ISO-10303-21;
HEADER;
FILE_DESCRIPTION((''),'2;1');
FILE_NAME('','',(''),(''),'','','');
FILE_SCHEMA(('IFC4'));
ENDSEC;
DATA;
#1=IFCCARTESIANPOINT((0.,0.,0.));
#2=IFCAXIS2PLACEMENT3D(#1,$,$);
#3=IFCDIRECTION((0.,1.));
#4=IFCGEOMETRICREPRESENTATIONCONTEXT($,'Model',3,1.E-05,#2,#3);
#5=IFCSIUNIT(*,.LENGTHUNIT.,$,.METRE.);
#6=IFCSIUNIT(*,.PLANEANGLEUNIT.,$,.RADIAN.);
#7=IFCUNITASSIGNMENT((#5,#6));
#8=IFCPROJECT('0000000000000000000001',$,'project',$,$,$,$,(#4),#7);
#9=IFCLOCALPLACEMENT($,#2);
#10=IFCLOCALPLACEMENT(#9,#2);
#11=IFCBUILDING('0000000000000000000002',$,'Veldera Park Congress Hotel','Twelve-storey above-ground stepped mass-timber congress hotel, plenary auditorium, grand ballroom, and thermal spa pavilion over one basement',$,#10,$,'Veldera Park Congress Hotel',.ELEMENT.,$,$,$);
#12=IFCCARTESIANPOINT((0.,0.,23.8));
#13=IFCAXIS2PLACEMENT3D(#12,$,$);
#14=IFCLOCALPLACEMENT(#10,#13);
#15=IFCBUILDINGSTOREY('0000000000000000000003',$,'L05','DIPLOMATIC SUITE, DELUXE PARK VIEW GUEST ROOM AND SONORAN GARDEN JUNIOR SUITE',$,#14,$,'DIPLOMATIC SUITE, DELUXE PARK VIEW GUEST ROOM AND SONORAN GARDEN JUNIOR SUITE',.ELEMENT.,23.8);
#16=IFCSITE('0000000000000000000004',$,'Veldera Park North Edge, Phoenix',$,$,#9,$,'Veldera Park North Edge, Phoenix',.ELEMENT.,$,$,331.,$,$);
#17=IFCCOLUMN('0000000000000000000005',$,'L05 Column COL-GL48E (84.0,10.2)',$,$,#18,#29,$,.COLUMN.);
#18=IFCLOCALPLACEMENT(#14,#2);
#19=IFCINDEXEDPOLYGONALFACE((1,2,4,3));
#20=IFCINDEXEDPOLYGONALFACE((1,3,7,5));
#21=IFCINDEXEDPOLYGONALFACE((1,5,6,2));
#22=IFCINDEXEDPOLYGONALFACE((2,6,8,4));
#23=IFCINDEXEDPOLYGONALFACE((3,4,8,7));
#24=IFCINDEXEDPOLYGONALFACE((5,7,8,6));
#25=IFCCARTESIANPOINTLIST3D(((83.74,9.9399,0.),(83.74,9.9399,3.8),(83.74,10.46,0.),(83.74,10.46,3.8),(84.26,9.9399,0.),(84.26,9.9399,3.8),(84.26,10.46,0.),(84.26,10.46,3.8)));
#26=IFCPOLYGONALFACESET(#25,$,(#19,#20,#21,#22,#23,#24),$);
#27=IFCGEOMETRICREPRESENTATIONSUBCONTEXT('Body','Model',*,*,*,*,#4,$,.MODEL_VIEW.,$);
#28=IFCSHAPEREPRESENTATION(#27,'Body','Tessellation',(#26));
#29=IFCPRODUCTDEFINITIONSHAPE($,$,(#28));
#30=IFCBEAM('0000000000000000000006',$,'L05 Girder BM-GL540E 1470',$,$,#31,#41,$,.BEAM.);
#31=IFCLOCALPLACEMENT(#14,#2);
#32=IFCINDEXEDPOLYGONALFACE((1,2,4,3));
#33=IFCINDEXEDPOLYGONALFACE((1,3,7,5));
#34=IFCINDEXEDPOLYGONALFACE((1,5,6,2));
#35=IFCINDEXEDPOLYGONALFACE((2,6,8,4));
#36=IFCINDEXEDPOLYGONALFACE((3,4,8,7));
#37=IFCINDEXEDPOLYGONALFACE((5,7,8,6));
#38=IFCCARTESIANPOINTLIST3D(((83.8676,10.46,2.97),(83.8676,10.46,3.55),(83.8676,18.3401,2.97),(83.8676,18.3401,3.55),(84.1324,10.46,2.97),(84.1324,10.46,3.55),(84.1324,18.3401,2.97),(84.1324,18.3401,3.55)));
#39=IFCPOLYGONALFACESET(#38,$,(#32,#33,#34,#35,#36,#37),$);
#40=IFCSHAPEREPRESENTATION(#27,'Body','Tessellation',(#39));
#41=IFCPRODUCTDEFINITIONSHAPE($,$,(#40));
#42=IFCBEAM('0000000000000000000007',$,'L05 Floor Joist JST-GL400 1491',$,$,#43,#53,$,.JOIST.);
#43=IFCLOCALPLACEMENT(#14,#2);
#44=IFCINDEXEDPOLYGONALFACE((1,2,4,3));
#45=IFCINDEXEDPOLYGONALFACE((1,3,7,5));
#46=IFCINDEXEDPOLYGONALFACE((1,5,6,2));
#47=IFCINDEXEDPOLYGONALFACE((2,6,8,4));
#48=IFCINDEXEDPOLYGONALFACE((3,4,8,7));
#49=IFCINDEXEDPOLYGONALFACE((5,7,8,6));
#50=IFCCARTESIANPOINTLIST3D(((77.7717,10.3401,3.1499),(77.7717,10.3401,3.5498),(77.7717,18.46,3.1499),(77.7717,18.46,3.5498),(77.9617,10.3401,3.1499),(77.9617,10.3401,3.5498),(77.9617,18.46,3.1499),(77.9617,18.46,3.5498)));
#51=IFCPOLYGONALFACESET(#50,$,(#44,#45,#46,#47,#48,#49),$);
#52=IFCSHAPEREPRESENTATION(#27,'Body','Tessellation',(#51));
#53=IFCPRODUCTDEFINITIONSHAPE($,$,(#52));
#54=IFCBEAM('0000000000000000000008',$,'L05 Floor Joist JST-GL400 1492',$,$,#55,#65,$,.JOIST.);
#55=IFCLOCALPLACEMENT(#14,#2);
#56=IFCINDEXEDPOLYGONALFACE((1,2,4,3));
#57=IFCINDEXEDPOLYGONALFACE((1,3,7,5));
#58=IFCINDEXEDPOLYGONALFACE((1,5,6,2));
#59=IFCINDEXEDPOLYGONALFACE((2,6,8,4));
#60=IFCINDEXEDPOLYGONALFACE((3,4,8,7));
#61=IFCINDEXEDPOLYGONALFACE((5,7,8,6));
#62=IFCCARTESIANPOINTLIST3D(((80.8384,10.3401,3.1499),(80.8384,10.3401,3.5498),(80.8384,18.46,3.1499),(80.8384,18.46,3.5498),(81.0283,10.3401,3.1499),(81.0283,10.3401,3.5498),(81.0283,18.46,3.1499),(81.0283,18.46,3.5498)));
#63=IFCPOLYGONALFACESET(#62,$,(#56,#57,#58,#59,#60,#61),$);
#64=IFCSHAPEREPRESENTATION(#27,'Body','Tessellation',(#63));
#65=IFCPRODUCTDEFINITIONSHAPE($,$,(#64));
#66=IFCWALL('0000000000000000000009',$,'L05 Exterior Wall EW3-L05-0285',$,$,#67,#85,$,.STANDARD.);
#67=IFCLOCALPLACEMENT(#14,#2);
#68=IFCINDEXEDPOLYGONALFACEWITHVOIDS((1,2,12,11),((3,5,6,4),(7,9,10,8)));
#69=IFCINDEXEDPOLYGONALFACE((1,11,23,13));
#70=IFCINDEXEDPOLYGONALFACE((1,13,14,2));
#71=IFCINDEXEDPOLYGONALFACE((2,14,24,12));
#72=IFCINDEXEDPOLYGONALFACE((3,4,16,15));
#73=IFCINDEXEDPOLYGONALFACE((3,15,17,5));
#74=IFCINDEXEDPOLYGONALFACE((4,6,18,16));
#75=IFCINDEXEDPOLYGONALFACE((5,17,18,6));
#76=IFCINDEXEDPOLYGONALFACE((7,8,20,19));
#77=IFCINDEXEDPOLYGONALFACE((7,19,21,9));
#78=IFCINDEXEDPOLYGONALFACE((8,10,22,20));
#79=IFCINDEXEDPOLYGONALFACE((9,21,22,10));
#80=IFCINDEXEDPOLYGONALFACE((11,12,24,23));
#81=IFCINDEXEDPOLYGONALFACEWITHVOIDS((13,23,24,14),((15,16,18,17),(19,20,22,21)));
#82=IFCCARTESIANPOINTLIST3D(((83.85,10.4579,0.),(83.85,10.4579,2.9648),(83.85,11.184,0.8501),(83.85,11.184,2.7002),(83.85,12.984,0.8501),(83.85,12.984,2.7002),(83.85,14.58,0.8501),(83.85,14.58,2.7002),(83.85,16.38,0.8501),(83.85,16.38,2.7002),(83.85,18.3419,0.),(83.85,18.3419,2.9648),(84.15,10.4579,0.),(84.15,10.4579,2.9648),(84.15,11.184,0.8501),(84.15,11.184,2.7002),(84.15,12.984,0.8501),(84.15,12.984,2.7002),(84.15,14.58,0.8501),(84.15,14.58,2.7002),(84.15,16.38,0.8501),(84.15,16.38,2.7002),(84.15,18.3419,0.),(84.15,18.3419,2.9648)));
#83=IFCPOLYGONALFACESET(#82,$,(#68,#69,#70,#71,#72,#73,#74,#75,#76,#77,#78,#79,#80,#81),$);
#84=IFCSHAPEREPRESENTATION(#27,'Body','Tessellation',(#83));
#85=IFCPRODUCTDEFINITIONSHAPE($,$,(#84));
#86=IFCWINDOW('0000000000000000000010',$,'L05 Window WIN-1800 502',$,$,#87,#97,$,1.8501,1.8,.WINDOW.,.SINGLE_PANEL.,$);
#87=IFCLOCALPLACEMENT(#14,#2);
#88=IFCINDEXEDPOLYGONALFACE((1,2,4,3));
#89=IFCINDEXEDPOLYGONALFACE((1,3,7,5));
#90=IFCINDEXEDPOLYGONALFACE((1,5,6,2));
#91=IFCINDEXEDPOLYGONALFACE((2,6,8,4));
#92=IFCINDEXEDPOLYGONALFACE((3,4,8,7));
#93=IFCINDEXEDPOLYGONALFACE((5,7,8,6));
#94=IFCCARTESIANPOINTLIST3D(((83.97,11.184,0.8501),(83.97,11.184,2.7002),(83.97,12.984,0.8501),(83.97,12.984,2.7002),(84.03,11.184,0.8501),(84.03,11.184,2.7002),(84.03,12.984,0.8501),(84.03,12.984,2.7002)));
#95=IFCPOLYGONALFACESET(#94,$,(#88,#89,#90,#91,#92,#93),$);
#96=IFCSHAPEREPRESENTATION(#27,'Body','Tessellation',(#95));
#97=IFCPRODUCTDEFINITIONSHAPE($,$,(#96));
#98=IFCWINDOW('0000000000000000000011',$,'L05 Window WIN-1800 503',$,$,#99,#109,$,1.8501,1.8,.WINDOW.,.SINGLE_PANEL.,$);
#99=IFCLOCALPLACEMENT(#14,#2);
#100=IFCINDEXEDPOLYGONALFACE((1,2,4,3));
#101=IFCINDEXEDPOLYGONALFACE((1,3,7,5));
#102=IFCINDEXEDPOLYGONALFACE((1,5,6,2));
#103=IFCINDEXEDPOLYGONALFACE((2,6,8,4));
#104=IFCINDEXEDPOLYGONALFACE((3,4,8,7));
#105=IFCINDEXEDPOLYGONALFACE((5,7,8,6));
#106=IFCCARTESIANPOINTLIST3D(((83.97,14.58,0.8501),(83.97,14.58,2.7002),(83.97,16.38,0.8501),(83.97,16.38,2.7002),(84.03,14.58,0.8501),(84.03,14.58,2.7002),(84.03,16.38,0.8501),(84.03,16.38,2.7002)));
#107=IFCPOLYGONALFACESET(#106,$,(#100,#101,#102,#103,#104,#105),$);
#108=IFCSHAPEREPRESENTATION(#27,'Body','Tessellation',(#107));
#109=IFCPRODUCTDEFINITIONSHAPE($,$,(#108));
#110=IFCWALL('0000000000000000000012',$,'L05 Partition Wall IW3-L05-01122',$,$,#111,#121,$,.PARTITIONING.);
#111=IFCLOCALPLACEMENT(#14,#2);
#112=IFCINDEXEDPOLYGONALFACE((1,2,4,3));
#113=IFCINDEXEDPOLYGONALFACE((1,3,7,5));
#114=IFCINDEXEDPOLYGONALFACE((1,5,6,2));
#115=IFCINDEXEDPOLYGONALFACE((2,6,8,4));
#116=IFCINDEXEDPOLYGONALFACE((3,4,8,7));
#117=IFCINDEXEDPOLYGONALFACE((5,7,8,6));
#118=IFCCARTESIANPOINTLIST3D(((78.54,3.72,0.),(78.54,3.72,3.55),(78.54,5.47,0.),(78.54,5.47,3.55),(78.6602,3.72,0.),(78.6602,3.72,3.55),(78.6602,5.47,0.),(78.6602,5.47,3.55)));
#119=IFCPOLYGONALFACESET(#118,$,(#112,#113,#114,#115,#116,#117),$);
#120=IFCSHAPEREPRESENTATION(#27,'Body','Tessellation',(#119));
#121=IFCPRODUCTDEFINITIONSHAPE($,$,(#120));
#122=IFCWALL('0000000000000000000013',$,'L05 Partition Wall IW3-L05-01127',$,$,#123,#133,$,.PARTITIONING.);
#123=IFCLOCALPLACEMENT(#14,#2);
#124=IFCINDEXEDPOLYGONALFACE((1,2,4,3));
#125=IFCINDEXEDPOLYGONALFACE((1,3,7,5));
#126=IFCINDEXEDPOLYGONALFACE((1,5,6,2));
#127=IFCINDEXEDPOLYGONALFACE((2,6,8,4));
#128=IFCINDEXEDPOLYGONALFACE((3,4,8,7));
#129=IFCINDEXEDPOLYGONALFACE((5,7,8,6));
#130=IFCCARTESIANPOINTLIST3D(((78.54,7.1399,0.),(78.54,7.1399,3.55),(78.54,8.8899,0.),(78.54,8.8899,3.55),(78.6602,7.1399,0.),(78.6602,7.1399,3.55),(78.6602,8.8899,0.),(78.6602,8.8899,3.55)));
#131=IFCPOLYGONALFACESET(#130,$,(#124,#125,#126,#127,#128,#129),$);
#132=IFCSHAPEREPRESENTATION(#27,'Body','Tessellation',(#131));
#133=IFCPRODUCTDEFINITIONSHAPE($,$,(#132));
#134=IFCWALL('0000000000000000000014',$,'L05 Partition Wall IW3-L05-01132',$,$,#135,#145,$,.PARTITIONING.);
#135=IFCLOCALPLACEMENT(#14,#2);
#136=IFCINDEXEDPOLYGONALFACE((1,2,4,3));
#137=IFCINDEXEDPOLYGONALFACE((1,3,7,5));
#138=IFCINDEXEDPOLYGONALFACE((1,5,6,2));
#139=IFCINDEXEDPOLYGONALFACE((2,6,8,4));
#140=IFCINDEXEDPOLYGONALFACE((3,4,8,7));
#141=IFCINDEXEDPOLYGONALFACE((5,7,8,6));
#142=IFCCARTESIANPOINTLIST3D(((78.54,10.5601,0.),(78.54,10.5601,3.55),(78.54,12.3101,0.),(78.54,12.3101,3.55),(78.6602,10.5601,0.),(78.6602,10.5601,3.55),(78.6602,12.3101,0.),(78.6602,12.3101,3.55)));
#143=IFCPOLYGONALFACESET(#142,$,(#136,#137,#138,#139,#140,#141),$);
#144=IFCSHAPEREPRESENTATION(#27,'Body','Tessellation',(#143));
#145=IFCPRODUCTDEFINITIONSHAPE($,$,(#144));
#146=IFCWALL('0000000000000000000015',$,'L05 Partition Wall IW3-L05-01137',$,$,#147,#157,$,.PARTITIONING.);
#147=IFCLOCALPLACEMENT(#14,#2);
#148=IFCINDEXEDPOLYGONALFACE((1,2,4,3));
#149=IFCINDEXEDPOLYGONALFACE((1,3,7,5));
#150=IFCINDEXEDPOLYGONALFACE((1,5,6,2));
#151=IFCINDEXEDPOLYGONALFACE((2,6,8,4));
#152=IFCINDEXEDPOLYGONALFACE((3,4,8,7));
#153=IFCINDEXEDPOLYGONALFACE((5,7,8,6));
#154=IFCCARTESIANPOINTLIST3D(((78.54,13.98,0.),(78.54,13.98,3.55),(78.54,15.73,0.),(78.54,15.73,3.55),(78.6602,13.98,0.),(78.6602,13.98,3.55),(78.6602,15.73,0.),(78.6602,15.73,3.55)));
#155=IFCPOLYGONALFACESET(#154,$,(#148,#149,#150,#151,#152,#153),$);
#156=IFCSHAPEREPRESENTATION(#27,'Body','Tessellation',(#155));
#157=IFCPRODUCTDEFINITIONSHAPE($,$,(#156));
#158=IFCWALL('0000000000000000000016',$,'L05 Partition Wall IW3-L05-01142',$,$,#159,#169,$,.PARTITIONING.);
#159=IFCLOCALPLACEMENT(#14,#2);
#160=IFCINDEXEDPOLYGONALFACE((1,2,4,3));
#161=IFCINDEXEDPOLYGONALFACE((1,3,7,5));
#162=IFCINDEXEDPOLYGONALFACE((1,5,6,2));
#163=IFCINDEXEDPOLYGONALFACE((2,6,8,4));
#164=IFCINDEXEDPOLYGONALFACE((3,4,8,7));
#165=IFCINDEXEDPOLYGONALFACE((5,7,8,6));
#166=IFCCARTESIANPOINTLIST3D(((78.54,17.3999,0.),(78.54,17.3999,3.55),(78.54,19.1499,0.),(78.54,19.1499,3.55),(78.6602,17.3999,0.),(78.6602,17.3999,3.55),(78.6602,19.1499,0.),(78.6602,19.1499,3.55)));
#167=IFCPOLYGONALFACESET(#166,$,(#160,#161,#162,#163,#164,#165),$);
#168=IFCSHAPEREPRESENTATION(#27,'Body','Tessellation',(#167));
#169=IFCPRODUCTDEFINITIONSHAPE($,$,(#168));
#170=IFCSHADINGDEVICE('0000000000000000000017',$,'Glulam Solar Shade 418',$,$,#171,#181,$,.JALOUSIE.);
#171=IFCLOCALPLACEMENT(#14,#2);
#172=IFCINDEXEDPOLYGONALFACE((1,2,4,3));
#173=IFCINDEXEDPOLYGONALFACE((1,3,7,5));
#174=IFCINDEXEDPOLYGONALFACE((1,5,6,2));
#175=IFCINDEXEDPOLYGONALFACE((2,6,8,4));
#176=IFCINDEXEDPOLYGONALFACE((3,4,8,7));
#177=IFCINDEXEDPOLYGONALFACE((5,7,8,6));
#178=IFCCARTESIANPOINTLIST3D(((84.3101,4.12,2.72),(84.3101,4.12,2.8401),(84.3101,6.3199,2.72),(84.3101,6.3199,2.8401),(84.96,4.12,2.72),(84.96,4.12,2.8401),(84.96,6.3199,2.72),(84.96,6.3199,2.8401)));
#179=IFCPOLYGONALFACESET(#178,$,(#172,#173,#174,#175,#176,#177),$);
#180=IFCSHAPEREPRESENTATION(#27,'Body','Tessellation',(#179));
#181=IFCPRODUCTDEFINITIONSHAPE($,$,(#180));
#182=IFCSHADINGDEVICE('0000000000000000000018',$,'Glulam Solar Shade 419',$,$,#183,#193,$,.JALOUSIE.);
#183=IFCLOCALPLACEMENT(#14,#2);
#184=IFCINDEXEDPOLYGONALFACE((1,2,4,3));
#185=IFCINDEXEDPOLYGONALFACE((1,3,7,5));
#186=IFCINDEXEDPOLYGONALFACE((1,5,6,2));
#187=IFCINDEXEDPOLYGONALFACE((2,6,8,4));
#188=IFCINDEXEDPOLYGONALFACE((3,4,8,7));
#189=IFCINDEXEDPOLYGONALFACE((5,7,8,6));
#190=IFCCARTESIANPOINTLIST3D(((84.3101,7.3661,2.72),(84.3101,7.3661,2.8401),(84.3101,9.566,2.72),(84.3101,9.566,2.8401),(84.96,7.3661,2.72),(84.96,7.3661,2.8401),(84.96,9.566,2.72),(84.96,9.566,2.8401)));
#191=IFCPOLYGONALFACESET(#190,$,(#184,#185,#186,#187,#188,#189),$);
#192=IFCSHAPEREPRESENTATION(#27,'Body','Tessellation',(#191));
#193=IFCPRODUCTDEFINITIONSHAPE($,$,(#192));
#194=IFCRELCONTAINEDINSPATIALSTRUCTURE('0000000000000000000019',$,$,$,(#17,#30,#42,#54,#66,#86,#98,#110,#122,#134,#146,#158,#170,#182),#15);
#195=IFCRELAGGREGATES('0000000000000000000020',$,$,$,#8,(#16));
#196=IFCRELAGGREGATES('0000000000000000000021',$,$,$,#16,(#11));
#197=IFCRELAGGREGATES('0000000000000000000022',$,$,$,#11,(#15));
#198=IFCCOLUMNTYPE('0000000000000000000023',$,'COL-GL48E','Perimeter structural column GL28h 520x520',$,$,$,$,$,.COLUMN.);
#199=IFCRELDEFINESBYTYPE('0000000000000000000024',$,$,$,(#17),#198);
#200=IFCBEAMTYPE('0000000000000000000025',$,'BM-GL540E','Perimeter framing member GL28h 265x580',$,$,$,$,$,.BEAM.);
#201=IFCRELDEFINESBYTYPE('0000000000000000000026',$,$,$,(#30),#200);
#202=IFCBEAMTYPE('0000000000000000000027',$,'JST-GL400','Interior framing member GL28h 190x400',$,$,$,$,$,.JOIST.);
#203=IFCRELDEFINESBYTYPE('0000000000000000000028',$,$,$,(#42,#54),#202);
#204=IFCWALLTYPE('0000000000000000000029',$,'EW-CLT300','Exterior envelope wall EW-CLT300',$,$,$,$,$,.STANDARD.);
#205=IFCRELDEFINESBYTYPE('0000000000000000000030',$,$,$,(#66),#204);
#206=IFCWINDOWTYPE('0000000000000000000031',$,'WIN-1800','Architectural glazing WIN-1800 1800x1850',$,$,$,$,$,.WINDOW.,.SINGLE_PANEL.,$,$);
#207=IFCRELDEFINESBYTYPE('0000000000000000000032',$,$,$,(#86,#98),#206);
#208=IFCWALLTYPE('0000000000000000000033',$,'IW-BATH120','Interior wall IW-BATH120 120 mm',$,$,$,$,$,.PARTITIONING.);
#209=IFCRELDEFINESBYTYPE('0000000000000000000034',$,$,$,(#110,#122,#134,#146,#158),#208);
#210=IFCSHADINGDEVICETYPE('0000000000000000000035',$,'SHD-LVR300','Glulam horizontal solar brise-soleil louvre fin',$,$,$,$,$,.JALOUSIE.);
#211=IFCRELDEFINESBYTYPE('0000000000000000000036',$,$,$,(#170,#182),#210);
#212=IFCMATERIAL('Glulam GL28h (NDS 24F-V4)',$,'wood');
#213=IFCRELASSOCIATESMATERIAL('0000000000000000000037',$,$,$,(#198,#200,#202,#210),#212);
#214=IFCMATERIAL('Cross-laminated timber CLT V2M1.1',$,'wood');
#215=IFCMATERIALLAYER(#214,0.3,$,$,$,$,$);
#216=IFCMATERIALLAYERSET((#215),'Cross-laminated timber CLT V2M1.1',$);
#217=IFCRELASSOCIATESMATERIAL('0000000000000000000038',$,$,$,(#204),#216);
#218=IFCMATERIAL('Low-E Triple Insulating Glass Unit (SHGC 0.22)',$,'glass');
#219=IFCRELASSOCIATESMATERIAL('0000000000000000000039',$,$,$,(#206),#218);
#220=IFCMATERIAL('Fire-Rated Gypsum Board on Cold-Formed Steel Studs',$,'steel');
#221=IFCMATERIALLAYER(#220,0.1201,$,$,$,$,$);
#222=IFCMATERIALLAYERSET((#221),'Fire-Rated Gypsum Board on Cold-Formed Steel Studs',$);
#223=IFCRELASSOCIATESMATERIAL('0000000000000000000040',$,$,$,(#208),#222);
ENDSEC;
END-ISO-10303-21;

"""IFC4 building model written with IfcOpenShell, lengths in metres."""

from ifc_helpers import new_model, si_unit, direction, frame, frame_2d, origin, origin_2d, place, context, subcontext, project, spatial, rectangle, extrude, material, layer, layer_set, material_profile, profile_set, type_object, element, fill, save


model = new_model("IFC4")

# Units and contexts
model_context = context("Model", 3, precision=1e-05, world=origin(), true_north=direction((0.0, 1.0)))
body_context = subcontext(model_context, "Body", "Model", "MODEL_VIEW")
ifc_project = project(units=[si_unit("LENGTHUNIT", "METRE"), si_unit("PLANEANGLEUNIT", "RADIAN")], contexts=[model_context])

# Site, building, storey
site_placement = place(None, origin())
site = spatial("IfcSite", under=ifc_project, at=site_placement, Name="Veldera Park North Edge, Phoenix", LongName="Veldera Park North Edge, Phoenix", CompositionType="ELEMENT", RefElevation=331.0)
building_placement = place(site_placement, origin())
building = spatial("IfcBuilding", under=site, at=building_placement, Name="Veldera Park Congress Hotel", Description="Twelve-storey above-ground stepped mass-timber congress hotel, plenary auditorium, grand ballroom, and thermal spa pavilion over one basement", LongName="Veldera Park Congress Hotel", CompositionType="ELEMENT")
storey_placement = place(building_placement, frame((0.0, 0.0, 23.8)))
storey = spatial("IfcBuildingStorey", under=building, at=storey_placement, Name="L05", Description="DIPLOMATIC SUITE, DELUXE PARK VIEW GUEST ROOM AND SONORAN GARDEN JUNIOR SUITE", LongName="DIPLOMATIC SUITE, DELUXE PARK VIEW GUEST ROOM AND SONORAN GARDEN JUNIOR SUITE", CompositionType="ELEMENT", Elevation=23.8)

# Column
ifc_material_1 = material(Name="Glulam GL28h (NDS 24F-V4)", Category="wood")
ifc_material_profile_1 = material_profile(ifc_material_1, rectangle(XDim=0.52, YDim=0.52, at=origin_2d()), Name="GL28h 520x520")
ifc_profile_set_1 = profile_set([ifc_material_profile_1], Name="Glulam GL28h (NDS 24F-V4)")
column_type = type_object("IfcColumnType", Name="COL-GL48E", Description="Perimeter structural column GL28h 520x520", PredefinedType="COLUMN", material=ifc_profile_set_1)
column_placement = place(storey_placement, frame((84.0, 10.2, 0.0), z_axis=(0.0, 0.0, 1.0), x_axis=(1.0, 0.0, 0.0)))
element("IfcColumn", 1, at=column_placement, inside=storey, type_object=column_type, Name="L05 Column COL-GL48E (84.0,10.2)", PredefinedType="COLUMN", context=body_context, shape_type="SweptSolid", body=[
    extrude(rectangle(XDim=0.52, YDim=0.52, at=origin_2d()), origin(), (0.0, 0.0, 1.0), 3.8),
])

# Beams
ifc_material_profile_2 = material_profile(ifc_material_1, rectangle(XDim=0.2649, YDim=0.5801, at=origin_2d()), Name="GL28h 265x580")
ifc_profile_set_2 = profile_set([ifc_material_profile_2], Name="Glulam GL28h (NDS 24F-V4)")
beam_type_1 = type_object("IfcBeamType", Name="BM-GL540E", Description="Perimeter framing member GL28h 265x580", PredefinedType="BEAM", material=ifc_profile_set_2)
beam_placement = place(storey_placement, frame((84.0, 10.46, 3.26), z_axis=(0.0, 1.0, 0.0), x_axis=(-1.0, 0.0, 0.0)))
element("IfcBeam", 2, at=beam_placement, inside=storey, type_object=beam_type_1, Name="L05 Girder BM-GL540E 1470", PredefinedType="BEAM", context=body_context, shape_type="SweptSolid", body=[
    extrude(rectangle(XDim=0.2649, YDim=0.5801, at=origin_2d()), origin(), (0.0, 0.0, 1.0), 7.8801),
])
ifc_material_profile_3 = material_profile(ifc_material_1, rectangle(XDim=0.1899, YDim=0.3999, at=origin_2d()), Name="GL28h 190x400")
ifc_profile_set_3 = profile_set([ifc_material_profile_3], Name="Glulam GL28h (NDS 24F-V4)")
beam_type_2 = type_object("IfcBeamType", Name="JST-GL400", Description="Interior framing member GL28h 190x400", PredefinedType="JOIST", material=ifc_profile_set_3)
for number, where, z_axis, x_axis, name in (
    (3, (77.8667, 10.3401, 3.3499), (0.0, 1.0, 0.0), (-1.0, 0.0, 0.0), "L05 Floor Joist JST-GL400 1491"),
    (4, (80.9333, 10.3401, 3.3499), (0.0, 1.0, 0.0), (-1.0, 0.0, 0.0), "L05 Floor Joist JST-GL400 1492"),
):
    element("IfcBeam", number, at=place(storey_placement, frame(where, z_axis=z_axis, x_axis=x_axis)), inside=storey, type_object=beam_type_2, Name=name, PredefinedType="JOIST", context=body_context, shape_type="SweptSolid", body=[
        extrude(rectangle(XDim=0.1899, YDim=0.3999, at=origin_2d()), origin(), (0.0, 0.0, 1.0), 8.1199),
    ])

# Wall, openings, windows
ifc_material_2 = material(Name="Cross-laminated timber CLT V2M1.1", Category="wood")
ifc_layer_1 = layer(ifc_material_2, 0.3)
ifc_layer_set_1 = layer_set([ifc_layer_1], Name="Cross-laminated timber CLT V2M1.1")
wall_type_1 = type_object("IfcWallType", Name="EW-CLT300", Description="Exterior envelope wall EW-CLT300", PredefinedType="STANDARD", material=ifc_layer_set_1)
wall_placement = place(storey_placement, frame((84.0, 10.458, 0.0), z_axis=(0.0, 0.0, 1.0), x_axis=(0.0, 1.0, 0.0)))
wall = element("IfcWall", 5, at=wall_placement, inside=storey, type_object=wall_type_1, Name="L05 Exterior Wall EW3-L05-0285", PredefinedType="STANDARD", context=body_context, shape_type="SweptSolid", body=[
    extrude(rectangle(XDim=7.884, YDim=0.3, at=frame_2d((3.9419, 0.0))), origin(), (0.0, 0.0, 1.0), 2.9648),
])
opening_1_placement = place(wall_placement, frame((0.7261, 0.0, 0.8501)))
opening_1 = element("IfcOpeningElement", 6, at=opening_1_placement, cuts=wall, PredefinedType="OPENING", context=body_context, shape_type="SweptSolid", body=[
    extrude(rectangle(XDim=1.8, YDim=1.8501, at=frame_2d((0.8999, 0.925))), frame((0.0, 0.1621, 0.0), z_axis=(0.0, -1.0, 0.0), x_axis=(1.0, 0.0, 0.0)), (0.0, 0.0, 1.0), 0.324),
])
opening_2_placement = place(wall_placement, frame((4.1221, 0.0, 0.8501)))
opening_2 = element("IfcOpeningElement", 7, at=opening_2_placement, cuts=wall, PredefinedType="OPENING", context=body_context, shape_type="SweptSolid", body=[
    extrude(rectangle(XDim=1.8, YDim=1.8501, at=frame_2d((0.8999, 0.925))), frame((0.0, 0.1621, 0.0), z_axis=(0.0, -1.0, 0.0), x_axis=(1.0, 0.0, 0.0)), (0.0, 0.0, 1.0), 0.324),
])
ifc_material_3 = material(Name="Low-E Triple Insulating Glass Unit (SHGC 0.22)", Category="glass")
window_type = type_object("IfcWindowType", Name="WIN-1800", Description="Architectural glazing WIN-1800 1800x1850", PartitioningType="SINGLE_PANEL", PredefinedType="WINDOW", material=ifc_material_3)
window_1_placement = place(opening_1_placement, origin())
window_1 = element("IfcWindow", 8, at=window_1_placement, inside=storey, type_object=window_type, Name="L05 Window WIN-1800 502", OverallHeight=1.8501, OverallWidth=1.8, PartitioningType="SINGLE_PANEL", PredefinedType="WINDOW", context=body_context, shape_type="SweptSolid", body=[
    extrude(rectangle(XDim=1.8, YDim=1.8501, at=frame_2d((0.8999, 0.925))), frame((0.0, 0.03, 0.0), z_axis=(0.0, -1.0, 0.0), x_axis=(1.0, 0.0, 0.0)), (0.0, 0.0, 1.0), 0.0601),
])
fill(opening_1, window_1)
window_2_placement = place(opening_2_placement, origin())
window_2 = element("IfcWindow", 9, at=window_2_placement, inside=storey, type_object=window_type, Name="L05 Window WIN-1800 503", OverallHeight=1.8501, OverallWidth=1.8, PartitioningType="SINGLE_PANEL", PredefinedType="WINDOW", context=body_context, shape_type="SweptSolid", body=[
    extrude(rectangle(XDim=1.8, YDim=1.8501, at=frame_2d((0.8999, 0.925))), frame((0.0, 0.03, 0.0), z_axis=(0.0, -1.0, 0.0), x_axis=(1.0, 0.0, 0.0)), (0.0, 0.0, 1.0), 0.0601),
])
fill(opening_2, window_2)

# Walls
ifc_material_4 = material(Name="Fire-Rated Gypsum Board on Cold-Formed Steel Studs", Category="steel")
ifc_layer_2 = layer(ifc_material_4, 0.1201)
ifc_layer_set_2 = layer_set([ifc_layer_2], Name="Fire-Rated Gypsum Board on Cold-Formed Steel Studs")
wall_type_2 = type_object("IfcWallType", Name="IW-BATH120", Description="Interior wall IW-BATH120 120 mm", PredefinedType="PARTITIONING", material=ifc_layer_set_2)
for number, where, z_axis, x_axis, name in (
    (10, (78.6001, 3.72, 0.0), (0.0, 0.0, 1.0), (0.0, 1.0, 0.0), "L05 Partition Wall IW3-L05-01122"),
    (11, (78.6001, 7.1399, 0.0), (0.0, 0.0, 1.0), (0.0, 1.0, 0.0), "L05 Partition Wall IW3-L05-01127"),
    (12, (78.6001, 10.5601, 0.0), (0.0, 0.0, 1.0), (0.0, 1.0, 0.0), "L05 Partition Wall IW3-L05-01132"),
    (13, (78.6001, 13.98, 0.0), (0.0, 0.0, 1.0), (0.0, 1.0, 0.0), "L05 Partition Wall IW3-L05-01137"),
    (14, (78.6001, 17.3999, 0.0), (0.0, 0.0, 1.0), (0.0, 1.0, 0.0), "L05 Partition Wall IW3-L05-01142"),
):
    element("IfcWall", number, at=place(storey_placement, frame(where, z_axis=z_axis, x_axis=x_axis)), inside=storey, type_object=wall_type_2, Name=name, PredefinedType="PARTITIONING", context=body_context, shape_type="SweptSolid", body=[
        extrude(rectangle(XDim=1.75, YDim=0.1201, at=frame_2d((0.875, 0.0))), origin(), (0.0, 0.0, 1.0), 3.55),
    ])

# Shading devices
shading_device_type = type_object("IfcShadingDeviceType", Name="SHD-LVR300", Description="Glulam horizontal solar brise-soleil louvre fin", PredefinedType="JALOUSIE", material=ifc_material_1)
for number, where, z_axis, x_axis, name in (
    (15, (84.635, 5.22, 2.72), (0.0, 0.0, 1.0), (0.0, 1.0, 0.0), "Glulam Solar Shade 418"),
    (16, (84.635, 8.4661, 2.72), (0.0, 0.0, 1.0), (0.0, 1.0, 0.0), "Glulam Solar Shade 419"),
):
    element("IfcShadingDevice", number, at=place(storey_placement, frame(where, z_axis=z_axis, x_axis=x_axis)), inside=storey, type_object=shading_device_type, Name=name, PredefinedType="JALOUSIE", context=body_context, shape_type="SweptSolid", body=[
        extrude(rectangle(XDim=2.2, YDim=0.6499, at=origin_2d()), origin(), (0.0, 0.0, 1.0), 0.1201),
    ])

save(model, "model.ifc")
